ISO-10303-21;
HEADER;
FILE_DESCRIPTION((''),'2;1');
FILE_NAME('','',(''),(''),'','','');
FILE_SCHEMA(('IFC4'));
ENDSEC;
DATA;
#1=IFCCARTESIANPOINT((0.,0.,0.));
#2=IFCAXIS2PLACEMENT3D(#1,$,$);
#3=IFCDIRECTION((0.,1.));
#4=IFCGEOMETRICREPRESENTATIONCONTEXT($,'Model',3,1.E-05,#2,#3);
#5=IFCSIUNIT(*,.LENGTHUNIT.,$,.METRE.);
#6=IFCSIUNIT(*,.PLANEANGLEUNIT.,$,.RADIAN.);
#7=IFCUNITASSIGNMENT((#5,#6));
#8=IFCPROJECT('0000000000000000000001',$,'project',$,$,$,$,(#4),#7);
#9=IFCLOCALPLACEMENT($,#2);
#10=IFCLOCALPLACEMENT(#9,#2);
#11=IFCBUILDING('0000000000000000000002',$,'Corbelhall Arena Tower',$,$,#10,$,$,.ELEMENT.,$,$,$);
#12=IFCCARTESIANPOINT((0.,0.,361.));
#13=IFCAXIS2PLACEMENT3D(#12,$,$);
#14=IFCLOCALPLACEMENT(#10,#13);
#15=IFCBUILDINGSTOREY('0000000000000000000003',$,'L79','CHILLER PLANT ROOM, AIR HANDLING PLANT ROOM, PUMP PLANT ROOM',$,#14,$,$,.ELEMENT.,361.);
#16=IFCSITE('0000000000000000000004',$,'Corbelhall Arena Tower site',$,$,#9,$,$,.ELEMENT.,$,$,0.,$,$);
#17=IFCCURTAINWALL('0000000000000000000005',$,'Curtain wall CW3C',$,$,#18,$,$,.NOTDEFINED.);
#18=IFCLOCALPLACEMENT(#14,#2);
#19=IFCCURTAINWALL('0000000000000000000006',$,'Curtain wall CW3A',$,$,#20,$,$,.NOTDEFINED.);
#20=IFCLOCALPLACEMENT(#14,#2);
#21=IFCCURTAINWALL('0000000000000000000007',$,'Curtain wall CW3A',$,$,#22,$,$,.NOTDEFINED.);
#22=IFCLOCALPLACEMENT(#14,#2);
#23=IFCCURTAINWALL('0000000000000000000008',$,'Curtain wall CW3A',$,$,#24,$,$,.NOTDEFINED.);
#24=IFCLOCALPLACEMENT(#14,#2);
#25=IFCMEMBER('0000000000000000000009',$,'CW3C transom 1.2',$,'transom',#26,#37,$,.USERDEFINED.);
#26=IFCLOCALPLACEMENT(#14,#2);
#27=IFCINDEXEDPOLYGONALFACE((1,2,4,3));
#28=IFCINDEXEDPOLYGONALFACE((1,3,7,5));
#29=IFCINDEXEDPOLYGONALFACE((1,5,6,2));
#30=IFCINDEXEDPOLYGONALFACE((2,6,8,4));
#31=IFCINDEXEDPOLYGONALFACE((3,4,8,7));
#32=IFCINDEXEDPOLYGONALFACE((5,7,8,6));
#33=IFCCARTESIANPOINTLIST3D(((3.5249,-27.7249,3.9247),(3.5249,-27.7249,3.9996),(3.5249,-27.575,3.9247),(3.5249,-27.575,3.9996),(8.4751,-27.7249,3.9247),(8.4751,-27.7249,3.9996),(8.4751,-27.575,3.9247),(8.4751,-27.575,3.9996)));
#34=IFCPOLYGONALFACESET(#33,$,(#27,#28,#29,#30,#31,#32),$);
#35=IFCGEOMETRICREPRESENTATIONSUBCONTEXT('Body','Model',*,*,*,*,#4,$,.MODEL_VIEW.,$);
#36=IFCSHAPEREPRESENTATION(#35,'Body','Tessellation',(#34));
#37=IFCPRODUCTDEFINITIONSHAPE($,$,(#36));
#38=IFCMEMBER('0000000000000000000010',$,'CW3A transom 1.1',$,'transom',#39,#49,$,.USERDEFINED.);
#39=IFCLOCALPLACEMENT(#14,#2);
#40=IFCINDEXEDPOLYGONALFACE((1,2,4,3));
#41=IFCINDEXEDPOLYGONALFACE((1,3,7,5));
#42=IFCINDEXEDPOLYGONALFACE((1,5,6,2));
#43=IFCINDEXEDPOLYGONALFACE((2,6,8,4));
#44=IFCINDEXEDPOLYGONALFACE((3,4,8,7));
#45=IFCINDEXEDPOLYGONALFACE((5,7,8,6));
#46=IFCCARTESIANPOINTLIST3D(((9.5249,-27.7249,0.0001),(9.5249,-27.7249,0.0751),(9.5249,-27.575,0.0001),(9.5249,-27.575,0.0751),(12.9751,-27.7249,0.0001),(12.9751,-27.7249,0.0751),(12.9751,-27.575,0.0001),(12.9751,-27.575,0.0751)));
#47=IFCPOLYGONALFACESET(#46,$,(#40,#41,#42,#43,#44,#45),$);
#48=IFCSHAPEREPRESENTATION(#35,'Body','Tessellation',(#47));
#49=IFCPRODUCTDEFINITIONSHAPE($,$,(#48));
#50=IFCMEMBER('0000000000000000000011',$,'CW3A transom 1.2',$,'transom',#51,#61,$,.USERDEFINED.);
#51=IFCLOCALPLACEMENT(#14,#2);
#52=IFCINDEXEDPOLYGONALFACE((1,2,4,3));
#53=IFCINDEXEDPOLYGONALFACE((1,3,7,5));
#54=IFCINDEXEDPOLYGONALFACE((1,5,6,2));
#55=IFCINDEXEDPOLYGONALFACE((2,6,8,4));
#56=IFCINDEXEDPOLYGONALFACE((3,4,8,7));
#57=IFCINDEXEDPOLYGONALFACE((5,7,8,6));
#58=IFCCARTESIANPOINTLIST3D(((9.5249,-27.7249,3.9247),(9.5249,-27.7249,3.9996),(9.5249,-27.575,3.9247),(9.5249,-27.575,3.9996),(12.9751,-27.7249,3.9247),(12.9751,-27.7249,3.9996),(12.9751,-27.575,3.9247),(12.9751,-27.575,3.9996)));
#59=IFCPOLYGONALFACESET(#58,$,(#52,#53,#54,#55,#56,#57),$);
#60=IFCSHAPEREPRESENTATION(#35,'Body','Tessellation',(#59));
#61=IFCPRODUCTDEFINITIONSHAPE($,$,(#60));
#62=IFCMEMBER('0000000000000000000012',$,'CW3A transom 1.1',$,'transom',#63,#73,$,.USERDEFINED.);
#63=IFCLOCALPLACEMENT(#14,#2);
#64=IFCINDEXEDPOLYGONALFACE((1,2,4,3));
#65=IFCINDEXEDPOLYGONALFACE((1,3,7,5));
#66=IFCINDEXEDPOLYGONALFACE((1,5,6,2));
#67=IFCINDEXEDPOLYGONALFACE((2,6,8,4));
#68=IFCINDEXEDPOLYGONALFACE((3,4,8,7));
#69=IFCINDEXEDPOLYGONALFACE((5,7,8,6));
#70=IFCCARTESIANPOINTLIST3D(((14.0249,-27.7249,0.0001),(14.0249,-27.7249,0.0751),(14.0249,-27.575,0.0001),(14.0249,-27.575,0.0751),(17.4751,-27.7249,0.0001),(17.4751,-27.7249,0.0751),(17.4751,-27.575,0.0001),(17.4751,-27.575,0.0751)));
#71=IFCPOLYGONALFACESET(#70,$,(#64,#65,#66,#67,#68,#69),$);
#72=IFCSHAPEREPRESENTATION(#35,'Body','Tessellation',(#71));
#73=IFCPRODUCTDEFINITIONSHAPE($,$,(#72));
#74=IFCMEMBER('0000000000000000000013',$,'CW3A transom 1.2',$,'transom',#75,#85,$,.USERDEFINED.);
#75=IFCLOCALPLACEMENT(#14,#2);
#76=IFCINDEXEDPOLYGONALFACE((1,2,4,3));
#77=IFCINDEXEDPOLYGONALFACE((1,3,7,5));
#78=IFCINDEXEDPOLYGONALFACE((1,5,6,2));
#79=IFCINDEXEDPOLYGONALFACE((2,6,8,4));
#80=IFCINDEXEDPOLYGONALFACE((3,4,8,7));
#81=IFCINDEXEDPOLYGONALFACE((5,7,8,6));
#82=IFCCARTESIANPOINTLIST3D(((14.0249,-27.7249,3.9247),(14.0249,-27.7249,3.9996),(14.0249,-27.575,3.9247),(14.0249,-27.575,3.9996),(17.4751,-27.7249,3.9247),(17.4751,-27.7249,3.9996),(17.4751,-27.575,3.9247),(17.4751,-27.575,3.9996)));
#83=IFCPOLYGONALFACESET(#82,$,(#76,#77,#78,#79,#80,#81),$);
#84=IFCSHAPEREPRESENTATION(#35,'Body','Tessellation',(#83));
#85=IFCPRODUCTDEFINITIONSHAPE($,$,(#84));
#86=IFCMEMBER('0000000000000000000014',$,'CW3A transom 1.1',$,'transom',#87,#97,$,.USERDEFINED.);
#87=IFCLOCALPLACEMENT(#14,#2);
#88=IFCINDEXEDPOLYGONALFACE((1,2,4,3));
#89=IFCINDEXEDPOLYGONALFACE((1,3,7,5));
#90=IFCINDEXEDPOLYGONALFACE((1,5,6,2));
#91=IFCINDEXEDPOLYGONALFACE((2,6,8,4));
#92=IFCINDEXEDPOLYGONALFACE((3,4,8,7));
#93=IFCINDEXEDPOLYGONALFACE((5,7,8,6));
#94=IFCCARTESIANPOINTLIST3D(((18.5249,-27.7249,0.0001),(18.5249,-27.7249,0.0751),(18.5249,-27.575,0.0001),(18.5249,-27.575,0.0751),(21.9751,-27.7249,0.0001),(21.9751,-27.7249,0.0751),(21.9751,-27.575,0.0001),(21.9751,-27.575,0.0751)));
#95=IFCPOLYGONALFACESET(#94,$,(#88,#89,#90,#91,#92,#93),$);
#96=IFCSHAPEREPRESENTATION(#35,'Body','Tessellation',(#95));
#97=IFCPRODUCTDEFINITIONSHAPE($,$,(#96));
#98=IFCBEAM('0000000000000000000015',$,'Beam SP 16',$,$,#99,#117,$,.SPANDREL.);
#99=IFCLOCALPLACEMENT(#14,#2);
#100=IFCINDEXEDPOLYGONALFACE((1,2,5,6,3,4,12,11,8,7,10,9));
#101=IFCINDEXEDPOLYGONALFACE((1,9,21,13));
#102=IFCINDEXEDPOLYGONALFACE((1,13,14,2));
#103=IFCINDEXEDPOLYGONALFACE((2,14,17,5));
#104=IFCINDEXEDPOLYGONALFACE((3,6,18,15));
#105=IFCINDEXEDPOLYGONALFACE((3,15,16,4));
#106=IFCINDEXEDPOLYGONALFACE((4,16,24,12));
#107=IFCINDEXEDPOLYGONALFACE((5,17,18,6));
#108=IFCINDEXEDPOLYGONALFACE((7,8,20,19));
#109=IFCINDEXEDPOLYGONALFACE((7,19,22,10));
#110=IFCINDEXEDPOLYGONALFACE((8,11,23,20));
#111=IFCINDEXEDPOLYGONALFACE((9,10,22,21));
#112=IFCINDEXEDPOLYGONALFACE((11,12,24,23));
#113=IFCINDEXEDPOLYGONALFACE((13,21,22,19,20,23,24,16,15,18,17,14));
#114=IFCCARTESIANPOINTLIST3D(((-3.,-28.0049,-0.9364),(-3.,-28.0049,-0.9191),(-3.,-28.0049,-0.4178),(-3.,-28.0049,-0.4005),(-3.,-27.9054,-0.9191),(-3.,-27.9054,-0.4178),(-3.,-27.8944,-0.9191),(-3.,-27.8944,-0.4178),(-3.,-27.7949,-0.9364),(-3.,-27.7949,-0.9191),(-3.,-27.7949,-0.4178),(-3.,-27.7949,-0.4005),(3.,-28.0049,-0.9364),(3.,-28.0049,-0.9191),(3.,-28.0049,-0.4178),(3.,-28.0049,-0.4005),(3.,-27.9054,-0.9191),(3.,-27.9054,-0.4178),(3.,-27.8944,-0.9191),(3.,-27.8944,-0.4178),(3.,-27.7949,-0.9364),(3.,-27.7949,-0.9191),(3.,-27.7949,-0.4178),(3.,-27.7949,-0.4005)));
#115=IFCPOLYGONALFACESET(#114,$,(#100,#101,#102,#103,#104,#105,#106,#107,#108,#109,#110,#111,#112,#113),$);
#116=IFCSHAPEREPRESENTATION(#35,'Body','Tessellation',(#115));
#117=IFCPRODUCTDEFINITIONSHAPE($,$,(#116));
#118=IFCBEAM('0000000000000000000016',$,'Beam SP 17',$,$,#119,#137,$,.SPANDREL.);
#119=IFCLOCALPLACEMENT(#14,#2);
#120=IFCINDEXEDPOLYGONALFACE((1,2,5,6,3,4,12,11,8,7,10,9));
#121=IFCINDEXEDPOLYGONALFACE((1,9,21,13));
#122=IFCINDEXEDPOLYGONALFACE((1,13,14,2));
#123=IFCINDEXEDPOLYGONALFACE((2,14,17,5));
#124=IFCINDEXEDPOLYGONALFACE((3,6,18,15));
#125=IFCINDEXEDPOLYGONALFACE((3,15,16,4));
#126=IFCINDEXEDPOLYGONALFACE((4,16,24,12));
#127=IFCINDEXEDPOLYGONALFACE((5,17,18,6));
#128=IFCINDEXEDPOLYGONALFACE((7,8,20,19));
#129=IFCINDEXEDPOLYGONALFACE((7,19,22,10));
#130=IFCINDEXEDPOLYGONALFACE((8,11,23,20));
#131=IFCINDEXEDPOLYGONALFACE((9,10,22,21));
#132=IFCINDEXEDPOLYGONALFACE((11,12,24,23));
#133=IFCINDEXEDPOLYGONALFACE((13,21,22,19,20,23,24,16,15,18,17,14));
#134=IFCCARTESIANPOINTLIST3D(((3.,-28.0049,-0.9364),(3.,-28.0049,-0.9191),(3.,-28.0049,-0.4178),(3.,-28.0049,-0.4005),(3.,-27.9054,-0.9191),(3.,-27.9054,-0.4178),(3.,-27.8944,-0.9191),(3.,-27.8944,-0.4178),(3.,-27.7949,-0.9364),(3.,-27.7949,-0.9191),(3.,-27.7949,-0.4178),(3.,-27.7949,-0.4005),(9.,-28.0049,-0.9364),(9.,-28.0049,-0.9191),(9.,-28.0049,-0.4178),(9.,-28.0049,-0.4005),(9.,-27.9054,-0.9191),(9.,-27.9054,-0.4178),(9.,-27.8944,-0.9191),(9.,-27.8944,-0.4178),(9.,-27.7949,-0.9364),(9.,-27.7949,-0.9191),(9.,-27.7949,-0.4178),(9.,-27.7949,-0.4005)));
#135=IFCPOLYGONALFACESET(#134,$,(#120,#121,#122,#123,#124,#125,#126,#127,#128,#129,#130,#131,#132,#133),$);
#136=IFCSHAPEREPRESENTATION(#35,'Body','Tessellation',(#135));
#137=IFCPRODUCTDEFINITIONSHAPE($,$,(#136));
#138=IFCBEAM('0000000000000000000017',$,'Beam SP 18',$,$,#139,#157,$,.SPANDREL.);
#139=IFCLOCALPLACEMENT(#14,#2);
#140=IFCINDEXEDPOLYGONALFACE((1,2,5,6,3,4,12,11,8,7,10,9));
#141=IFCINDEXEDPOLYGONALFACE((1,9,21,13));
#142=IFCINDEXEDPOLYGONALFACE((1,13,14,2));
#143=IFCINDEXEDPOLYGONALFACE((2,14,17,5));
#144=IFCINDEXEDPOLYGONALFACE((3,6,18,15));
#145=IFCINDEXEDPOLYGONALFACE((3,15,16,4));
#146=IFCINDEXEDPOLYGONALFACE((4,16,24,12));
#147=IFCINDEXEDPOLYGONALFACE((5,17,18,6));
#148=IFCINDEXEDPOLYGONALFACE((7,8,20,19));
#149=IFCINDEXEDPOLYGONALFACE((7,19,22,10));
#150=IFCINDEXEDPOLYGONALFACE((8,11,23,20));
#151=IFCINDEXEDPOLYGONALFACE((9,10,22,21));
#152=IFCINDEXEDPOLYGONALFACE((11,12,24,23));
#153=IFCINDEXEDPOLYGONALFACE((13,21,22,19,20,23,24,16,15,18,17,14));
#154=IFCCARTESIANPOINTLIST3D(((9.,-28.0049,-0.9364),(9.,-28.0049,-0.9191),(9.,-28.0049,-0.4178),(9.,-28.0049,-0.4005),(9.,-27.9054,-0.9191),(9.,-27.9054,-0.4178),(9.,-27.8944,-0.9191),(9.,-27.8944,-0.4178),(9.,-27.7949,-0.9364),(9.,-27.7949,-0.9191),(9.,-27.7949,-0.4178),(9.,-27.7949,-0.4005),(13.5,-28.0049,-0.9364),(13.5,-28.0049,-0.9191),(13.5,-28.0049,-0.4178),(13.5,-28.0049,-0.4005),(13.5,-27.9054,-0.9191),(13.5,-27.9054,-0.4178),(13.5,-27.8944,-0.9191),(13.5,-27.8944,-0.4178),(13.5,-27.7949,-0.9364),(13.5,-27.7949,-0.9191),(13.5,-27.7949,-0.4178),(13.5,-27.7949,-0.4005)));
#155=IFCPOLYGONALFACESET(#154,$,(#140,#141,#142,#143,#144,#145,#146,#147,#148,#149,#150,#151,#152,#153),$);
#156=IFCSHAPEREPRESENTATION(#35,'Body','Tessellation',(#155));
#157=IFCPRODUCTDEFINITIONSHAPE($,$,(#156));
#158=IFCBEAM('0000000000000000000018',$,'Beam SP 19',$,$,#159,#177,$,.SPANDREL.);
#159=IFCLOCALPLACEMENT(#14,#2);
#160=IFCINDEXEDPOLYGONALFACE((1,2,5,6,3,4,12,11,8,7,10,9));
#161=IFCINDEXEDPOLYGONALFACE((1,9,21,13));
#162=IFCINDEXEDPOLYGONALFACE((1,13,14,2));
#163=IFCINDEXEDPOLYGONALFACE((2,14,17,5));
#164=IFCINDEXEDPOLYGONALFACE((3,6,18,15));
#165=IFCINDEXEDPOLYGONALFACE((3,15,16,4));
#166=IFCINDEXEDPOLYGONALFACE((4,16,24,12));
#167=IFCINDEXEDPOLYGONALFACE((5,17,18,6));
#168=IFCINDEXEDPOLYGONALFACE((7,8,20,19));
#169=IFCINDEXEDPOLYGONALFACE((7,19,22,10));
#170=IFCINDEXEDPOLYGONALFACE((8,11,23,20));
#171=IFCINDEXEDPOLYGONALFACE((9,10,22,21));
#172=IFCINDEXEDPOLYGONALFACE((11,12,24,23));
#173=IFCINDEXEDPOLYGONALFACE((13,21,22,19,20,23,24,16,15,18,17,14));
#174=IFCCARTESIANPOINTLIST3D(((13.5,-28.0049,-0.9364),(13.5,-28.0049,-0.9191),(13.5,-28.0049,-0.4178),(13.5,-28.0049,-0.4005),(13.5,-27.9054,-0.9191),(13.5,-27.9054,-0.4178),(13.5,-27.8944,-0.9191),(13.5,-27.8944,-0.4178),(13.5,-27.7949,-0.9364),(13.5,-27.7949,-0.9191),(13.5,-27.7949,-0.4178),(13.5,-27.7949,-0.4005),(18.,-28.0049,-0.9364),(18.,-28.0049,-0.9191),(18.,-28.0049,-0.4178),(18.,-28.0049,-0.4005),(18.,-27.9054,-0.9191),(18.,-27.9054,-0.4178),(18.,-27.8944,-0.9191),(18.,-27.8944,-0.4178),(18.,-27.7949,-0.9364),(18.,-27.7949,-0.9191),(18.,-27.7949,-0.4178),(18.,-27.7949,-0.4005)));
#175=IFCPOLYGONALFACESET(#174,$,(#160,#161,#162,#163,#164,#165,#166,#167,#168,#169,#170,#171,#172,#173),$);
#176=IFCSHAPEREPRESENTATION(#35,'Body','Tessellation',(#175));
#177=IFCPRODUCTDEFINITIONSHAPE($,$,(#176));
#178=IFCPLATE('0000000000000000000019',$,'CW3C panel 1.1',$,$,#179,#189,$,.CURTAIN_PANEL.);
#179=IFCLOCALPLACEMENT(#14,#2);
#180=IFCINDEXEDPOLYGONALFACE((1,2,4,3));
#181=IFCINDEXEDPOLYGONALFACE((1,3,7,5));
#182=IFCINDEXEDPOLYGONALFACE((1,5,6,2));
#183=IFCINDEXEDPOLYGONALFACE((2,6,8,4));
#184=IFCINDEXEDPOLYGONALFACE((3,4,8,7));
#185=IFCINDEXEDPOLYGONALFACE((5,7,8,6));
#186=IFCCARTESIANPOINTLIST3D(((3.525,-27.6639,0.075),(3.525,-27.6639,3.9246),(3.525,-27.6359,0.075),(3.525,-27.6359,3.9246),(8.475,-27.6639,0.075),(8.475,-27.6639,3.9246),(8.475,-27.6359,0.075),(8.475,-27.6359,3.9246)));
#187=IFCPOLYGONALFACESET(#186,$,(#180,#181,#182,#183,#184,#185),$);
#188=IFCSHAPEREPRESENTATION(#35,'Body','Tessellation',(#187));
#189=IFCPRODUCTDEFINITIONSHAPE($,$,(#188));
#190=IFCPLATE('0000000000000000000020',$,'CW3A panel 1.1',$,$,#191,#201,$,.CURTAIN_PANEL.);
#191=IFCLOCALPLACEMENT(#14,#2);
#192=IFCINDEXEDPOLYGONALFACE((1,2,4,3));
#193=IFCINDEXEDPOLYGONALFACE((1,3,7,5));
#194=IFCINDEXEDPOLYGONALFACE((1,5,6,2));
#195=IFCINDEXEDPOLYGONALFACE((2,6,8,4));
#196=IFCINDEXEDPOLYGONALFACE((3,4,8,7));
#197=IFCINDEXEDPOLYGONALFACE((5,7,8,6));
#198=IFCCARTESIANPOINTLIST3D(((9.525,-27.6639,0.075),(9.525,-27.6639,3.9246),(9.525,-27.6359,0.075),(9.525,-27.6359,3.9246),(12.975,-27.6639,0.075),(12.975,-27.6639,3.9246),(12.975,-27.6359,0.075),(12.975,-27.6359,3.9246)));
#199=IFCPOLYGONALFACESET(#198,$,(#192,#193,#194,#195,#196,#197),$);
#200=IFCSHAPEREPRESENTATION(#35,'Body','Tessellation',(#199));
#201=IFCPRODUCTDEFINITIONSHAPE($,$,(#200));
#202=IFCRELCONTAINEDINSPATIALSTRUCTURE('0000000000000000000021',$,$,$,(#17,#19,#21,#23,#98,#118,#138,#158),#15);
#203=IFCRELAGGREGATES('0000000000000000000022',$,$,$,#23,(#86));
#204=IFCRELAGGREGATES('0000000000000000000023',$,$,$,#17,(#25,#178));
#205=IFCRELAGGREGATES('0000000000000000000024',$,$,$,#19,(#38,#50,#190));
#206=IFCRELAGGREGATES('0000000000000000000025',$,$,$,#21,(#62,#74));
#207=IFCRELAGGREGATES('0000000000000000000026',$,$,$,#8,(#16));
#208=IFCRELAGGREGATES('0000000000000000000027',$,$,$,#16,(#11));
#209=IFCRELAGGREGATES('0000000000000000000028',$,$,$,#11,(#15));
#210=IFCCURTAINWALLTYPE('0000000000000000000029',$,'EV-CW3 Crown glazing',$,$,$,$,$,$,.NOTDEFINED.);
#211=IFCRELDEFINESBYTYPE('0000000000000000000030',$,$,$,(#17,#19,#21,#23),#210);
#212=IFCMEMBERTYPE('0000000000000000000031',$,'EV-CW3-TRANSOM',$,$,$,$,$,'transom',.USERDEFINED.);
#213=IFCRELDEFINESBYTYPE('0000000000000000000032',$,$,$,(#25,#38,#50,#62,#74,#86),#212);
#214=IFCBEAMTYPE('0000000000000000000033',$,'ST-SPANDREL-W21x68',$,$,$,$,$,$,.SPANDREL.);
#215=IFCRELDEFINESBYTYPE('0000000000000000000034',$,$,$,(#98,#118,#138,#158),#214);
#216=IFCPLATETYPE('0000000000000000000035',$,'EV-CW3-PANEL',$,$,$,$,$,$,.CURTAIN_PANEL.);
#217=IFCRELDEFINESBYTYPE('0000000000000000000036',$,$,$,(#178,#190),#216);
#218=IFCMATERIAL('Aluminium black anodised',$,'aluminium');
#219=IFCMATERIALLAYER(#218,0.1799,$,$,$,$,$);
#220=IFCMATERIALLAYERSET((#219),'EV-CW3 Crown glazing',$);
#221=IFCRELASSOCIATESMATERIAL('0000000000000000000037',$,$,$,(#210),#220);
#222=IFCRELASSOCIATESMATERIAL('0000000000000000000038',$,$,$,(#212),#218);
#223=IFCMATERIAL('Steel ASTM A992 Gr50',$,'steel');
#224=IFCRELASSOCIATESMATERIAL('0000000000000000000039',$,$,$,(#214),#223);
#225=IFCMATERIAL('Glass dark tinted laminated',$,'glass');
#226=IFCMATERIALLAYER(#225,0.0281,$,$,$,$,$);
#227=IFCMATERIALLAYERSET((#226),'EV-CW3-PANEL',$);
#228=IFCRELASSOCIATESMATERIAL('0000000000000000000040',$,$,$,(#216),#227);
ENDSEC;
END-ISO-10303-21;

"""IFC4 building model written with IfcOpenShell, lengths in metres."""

from ifc_helpers import new_model, si_unit, direction, frame, origin, origin_2d, place, context, subcontext, project, spatial, rectangle, i_section, extrude, material, layer, layer_set, material_profile, profile_set, type_object, element, aggregate, save


model = new_model("IFC4")

# Units and contexts
model_context = context("Model", 3, precision=1e-05, world=origin(), true_north=direction((0.0, 1.0)))
body_context = subcontext(model_context, "Body", "Model", "MODEL_VIEW")
ifc_project = project(units=[si_unit("LENGTHUNIT", "METRE"), si_unit("PLANEANGLEUNIT", "RADIAN")], contexts=[model_context])

# Site, building, storey
site_placement = place(None, origin())
site = spatial("IfcSite", under=ifc_project, at=site_placement, Name="Corbelhall Arena Tower site", CompositionType="ELEMENT", RefElevation=0.0)
building_placement = place(site_placement, origin())
building = spatial("IfcBuilding", under=site, at=building_placement, Name="Corbelhall Arena Tower", CompositionType="ELEMENT")
storey_placement = place(building_placement, frame((0.0, 0.0, 361.0)))
storey = spatial("IfcBuildingStorey", under=building, at=storey_placement, Name="L79", Description="CHILLER PLANT ROOM, AIR HANDLING PLANT ROOM, PUMP PLANT ROOM", CompositionType="ELEMENT", Elevation=361.0)

# Shared definitions
ifc_material_1 = material(Name="Aluminium black anodised", Category="aluminium")
ifc_layer_1 = layer(ifc_material_1, 0.1799)
ifc_layer_set_1 = layer_set([ifc_layer_1], Name="EV-CW3 Crown glazing")
curtain_wall_type = type_object("IfcCurtainWallType", Name="EV-CW3 Crown glazing", PredefinedType="NOTDEFINED", material=ifc_layer_set_1)

# Curtain walls
curtain_wall_1_placement = place(storey_placement, origin())
curtain_wall_1 = element("IfcCurtainWall", 1, at=curtain_wall_1_placement, inside=storey, type_object=curtain_wall_type, Name="Curtain wall CW3C", PredefinedType="NOTDEFINED")
curtain_wall_2_placement = place(storey_placement, origin())
curtain_wall_2 = element("IfcCurtainWall", 2, at=curtain_wall_2_placement, inside=storey, type_object=curtain_wall_type, Name="Curtain wall CW3A", PredefinedType="NOTDEFINED")
curtain_wall_3_placement = place(storey_placement, origin())
curtain_wall_3 = element("IfcCurtainWall", 3, at=curtain_wall_3_placement, inside=storey, type_object=curtain_wall_type, Name="Curtain wall CW3A", PredefinedType="NOTDEFINED")

# Curtain wall
curtain_wall_4_placement = place(storey_placement, origin())
curtain_wall_4 = element("IfcCurtainWall", 4, at=curtain_wall_4_placement, inside=storey, type_object=curtain_wall_type, Name="Curtain wall CW3A", PredefinedType="NOTDEFINED")

# Members
ifc_material_profile_1 = material_profile(ifc_material_1, rectangle(XDim=0.1499, YDim=0.075, at=origin_2d()))
ifc_profile_set_1 = profile_set([ifc_material_profile_1], Name="Aluminium black anodised")
member_type_1 = type_object("IfcMemberType", Name="EV-CW3-TRANSOM", ElementType="transom", PredefinedType="USERDEFINED", material=ifc_profile_set_1)
member_1_placement = place(storey_placement, frame((3.5249, -27.6499, 3.9622), z_axis=(1.0, 0.0, 0.0), x_axis=(0.0, 1.0, 0.0)))
member_1 = element("IfcMember", 5, at=member_1_placement, type_object=member_type_1, Name="CW3C transom 1.2", ObjectType="transom", PredefinedType="USERDEFINED", context=body_context, shape_type="SweptSolid", body=[
    extrude(rectangle(XDim=0.1499, YDim=0.075, at=origin_2d()), origin(), (0.0, 0.0, 1.0), 4.9502),
])
member_2_placement = place(storey_placement, frame((9.5249, -27.6499, 0.0376), z_axis=(1.0, 0.0, 0.0), x_axis=(0.0, 1.0, 0.0)))
member_2 = element("IfcMember", 6, at=member_2_placement, type_object=member_type_1, Name="CW3A transom 1.1", ObjectType="transom", PredefinedType="USERDEFINED", context=body_context, shape_type="SweptSolid", body=[
    extrude(rectangle(XDim=0.1499, YDim=0.075, at=origin_2d()), origin(), (0.0, 0.0, 1.0), 3.4502),
])
member_3_placement = place(storey_placement, frame((9.5249, -27.6499, 3.9622), z_axis=(1.0, 0.0, 0.0), x_axis=(0.0, 1.0, 0.0)))
member_3 = element("IfcMember", 7, at=member_3_placement, type_object=member_type_1, Name="CW3A transom 1.2", ObjectType="transom", PredefinedType="USERDEFINED", context=body_context, shape_type="SweptSolid", body=[
    extrude(rectangle(XDim=0.1499, YDim=0.075, at=origin_2d()), origin(), (0.0, 0.0, 1.0), 3.4502),
])
member_4_placement = place(storey_placement, frame((14.0249, -27.6499, 0.0376), z_axis=(1.0, 0.0, 0.0), x_axis=(0.0, 1.0, 0.0)))
member_4 = element("IfcMember", 8, at=member_4_placement, type_object=member_type_1, Name="CW3A transom 1.1", ObjectType="transom", PredefinedType="USERDEFINED", context=body_context, shape_type="SweptSolid", body=[
    extrude(rectangle(XDim=0.1499, YDim=0.075, at=origin_2d()), origin(), (0.0, 0.0, 1.0), 3.4502),
])
member_5_placement = place(storey_placement, frame((14.0249, -27.6499, 3.9622), z_axis=(1.0, 0.0, 0.0), x_axis=(0.0, 1.0, 0.0)))
member_5 = element("IfcMember", 9, at=member_5_placement, type_object=member_type_1, Name="CW3A transom 1.2", ObjectType="transom", PredefinedType="USERDEFINED", context=body_context, shape_type="SweptSolid", body=[
    extrude(rectangle(XDim=0.1499, YDim=0.075, at=origin_2d()), origin(), (0.0, 0.0, 1.0), 3.4502),
])
member_6_placement = place(storey_placement, frame((18.5249, -27.6499, 0.0376), z_axis=(1.0, 0.0, 0.0), x_axis=(0.0, 1.0, 0.0)))
member_6 = element("IfcMember", 10, at=member_6_placement, type_object=member_type_1, Name="CW3A transom 1.1", ObjectType="transom", PredefinedType="USERDEFINED", context=body_context, shape_type="SweptSolid", body=[
    extrude(rectangle(XDim=0.1499, YDim=0.075, at=origin_2d()), origin(), (0.0, 0.0, 1.0), 3.4502),
])
aggregate(curtain_wall_4, [member_6])

# Beams
ifc_material_2 = material(Name="Steel ASTM A992 Gr50", Category="steel")
ifc_material_profile_2 = material_profile(ifc_material_2, i_section(OverallWidth=0.21, OverallDepth=0.5359, WebThickness=0.011, FlangeThickness=0.0173, at=origin_2d()))
ifc_profile_set_2 = profile_set([ifc_material_profile_2], Name="Steel ASTM A992 Gr50")
beam_type = type_object("IfcBeamType", Name="ST-SPANDREL-W21x68", PredefinedType="SPANDREL", material=ifc_profile_set_2)
for number, where, z_axis, x_axis, name in (
    (11, (3.0, -27.8999, -0.6685), (-1.0, 0.0, 0.0), (0.0, -1.0, 0.0), "Beam SP 16"),
    (12, (9.0, -27.8999, -0.6685), (-1.0, 0.0, 0.0), (0.0, -1.0, 0.0), "Beam SP 17"),
):
    element("IfcBeam", number, at=place(storey_placement, frame(where, z_axis=z_axis, x_axis=x_axis)), inside=storey, type_object=beam_type, Name=name, PredefinedType="SPANDREL", context=body_context, shape_type="SweptSolid", body=[
        extrude(i_section(OverallWidth=0.21, OverallDepth=0.5359, WebThickness=0.011, FlangeThickness=0.0173, at=origin_2d()), origin(), (0.0, 0.0, 1.0), 6.0),
    ])
for number, where, z_axis, x_axis, name in (
    (13, (13.5, -27.8999, -0.6685), (-1.0, 0.0, 0.0), (0.0, -1.0, 0.0), "Beam SP 18"),
    (14, (18.0, -27.8999, -0.6685), (-1.0, 0.0, 0.0), (0.0, -1.0, 0.0), "Beam SP 19"),
):
    element("IfcBeam", number, at=place(storey_placement, frame(where, z_axis=z_axis, x_axis=x_axis)), inside=storey, type_object=beam_type, Name=name, PredefinedType="SPANDREL", context=body_context, shape_type="SweptSolid", body=[
        extrude(i_section(OverallWidth=0.21, OverallDepth=0.5359, WebThickness=0.011, FlangeThickness=0.0173, at=origin_2d()), origin(), (0.0, 0.0, 1.0), 4.5),
    ])

# Plates
ifc_material_3 = material(Name="Glass dark tinted laminated", Category="glass")
ifc_layer_2 = layer(ifc_material_3, 0.0281)
ifc_layer_set_2 = layer_set([ifc_layer_2], Name="EV-CW3-PANEL")
plate_type = type_object("IfcPlateType", Name="EV-CW3-PANEL", PredefinedType="CURTAIN_PANEL", material=ifc_layer_set_2)
plate_1_placement = place(storey_placement, frame((6.0, -27.6499, 0.075), z_axis=(0.0, 0.0, 1.0), x_axis=(1.0, 0.0, 0.0)))
plate_1 = element("IfcPlate", 15, at=plate_1_placement, type_object=plate_type, Name="CW3C panel 1.1", PredefinedType="CURTAIN_PANEL", context=body_context, shape_type="SweptSolid", body=[
    extrude(rectangle(XDim=4.95, YDim=0.0281, at=origin_2d()), origin(), (0.0, 0.0, 1.0), 3.8496),
])
aggregate(curtain_wall_1, [member_1, plate_1])
plate_2_placement = place(storey_placement, frame((11.25, -27.6499, 0.075), z_axis=(0.0, 0.0, 1.0), x_axis=(1.0, 0.0, 0.0)))
plate_2 = element("IfcPlate", 16, at=plate_2_placement, type_object=plate_type, Name="CW3A panel 1.1", PredefinedType="CURTAIN_PANEL", context=body_context, shape_type="SweptSolid", body=[
    extrude(rectangle(XDim=3.45, YDim=0.0281, at=origin_2d()), origin(), (0.0, 0.0, 1.0), 3.8496),
])
aggregate(curtain_wall_2, [member_2, member_3, plate_2])
aggregate(curtain_wall_3, [member_4, member_5])

save(model, "model.ifc")
